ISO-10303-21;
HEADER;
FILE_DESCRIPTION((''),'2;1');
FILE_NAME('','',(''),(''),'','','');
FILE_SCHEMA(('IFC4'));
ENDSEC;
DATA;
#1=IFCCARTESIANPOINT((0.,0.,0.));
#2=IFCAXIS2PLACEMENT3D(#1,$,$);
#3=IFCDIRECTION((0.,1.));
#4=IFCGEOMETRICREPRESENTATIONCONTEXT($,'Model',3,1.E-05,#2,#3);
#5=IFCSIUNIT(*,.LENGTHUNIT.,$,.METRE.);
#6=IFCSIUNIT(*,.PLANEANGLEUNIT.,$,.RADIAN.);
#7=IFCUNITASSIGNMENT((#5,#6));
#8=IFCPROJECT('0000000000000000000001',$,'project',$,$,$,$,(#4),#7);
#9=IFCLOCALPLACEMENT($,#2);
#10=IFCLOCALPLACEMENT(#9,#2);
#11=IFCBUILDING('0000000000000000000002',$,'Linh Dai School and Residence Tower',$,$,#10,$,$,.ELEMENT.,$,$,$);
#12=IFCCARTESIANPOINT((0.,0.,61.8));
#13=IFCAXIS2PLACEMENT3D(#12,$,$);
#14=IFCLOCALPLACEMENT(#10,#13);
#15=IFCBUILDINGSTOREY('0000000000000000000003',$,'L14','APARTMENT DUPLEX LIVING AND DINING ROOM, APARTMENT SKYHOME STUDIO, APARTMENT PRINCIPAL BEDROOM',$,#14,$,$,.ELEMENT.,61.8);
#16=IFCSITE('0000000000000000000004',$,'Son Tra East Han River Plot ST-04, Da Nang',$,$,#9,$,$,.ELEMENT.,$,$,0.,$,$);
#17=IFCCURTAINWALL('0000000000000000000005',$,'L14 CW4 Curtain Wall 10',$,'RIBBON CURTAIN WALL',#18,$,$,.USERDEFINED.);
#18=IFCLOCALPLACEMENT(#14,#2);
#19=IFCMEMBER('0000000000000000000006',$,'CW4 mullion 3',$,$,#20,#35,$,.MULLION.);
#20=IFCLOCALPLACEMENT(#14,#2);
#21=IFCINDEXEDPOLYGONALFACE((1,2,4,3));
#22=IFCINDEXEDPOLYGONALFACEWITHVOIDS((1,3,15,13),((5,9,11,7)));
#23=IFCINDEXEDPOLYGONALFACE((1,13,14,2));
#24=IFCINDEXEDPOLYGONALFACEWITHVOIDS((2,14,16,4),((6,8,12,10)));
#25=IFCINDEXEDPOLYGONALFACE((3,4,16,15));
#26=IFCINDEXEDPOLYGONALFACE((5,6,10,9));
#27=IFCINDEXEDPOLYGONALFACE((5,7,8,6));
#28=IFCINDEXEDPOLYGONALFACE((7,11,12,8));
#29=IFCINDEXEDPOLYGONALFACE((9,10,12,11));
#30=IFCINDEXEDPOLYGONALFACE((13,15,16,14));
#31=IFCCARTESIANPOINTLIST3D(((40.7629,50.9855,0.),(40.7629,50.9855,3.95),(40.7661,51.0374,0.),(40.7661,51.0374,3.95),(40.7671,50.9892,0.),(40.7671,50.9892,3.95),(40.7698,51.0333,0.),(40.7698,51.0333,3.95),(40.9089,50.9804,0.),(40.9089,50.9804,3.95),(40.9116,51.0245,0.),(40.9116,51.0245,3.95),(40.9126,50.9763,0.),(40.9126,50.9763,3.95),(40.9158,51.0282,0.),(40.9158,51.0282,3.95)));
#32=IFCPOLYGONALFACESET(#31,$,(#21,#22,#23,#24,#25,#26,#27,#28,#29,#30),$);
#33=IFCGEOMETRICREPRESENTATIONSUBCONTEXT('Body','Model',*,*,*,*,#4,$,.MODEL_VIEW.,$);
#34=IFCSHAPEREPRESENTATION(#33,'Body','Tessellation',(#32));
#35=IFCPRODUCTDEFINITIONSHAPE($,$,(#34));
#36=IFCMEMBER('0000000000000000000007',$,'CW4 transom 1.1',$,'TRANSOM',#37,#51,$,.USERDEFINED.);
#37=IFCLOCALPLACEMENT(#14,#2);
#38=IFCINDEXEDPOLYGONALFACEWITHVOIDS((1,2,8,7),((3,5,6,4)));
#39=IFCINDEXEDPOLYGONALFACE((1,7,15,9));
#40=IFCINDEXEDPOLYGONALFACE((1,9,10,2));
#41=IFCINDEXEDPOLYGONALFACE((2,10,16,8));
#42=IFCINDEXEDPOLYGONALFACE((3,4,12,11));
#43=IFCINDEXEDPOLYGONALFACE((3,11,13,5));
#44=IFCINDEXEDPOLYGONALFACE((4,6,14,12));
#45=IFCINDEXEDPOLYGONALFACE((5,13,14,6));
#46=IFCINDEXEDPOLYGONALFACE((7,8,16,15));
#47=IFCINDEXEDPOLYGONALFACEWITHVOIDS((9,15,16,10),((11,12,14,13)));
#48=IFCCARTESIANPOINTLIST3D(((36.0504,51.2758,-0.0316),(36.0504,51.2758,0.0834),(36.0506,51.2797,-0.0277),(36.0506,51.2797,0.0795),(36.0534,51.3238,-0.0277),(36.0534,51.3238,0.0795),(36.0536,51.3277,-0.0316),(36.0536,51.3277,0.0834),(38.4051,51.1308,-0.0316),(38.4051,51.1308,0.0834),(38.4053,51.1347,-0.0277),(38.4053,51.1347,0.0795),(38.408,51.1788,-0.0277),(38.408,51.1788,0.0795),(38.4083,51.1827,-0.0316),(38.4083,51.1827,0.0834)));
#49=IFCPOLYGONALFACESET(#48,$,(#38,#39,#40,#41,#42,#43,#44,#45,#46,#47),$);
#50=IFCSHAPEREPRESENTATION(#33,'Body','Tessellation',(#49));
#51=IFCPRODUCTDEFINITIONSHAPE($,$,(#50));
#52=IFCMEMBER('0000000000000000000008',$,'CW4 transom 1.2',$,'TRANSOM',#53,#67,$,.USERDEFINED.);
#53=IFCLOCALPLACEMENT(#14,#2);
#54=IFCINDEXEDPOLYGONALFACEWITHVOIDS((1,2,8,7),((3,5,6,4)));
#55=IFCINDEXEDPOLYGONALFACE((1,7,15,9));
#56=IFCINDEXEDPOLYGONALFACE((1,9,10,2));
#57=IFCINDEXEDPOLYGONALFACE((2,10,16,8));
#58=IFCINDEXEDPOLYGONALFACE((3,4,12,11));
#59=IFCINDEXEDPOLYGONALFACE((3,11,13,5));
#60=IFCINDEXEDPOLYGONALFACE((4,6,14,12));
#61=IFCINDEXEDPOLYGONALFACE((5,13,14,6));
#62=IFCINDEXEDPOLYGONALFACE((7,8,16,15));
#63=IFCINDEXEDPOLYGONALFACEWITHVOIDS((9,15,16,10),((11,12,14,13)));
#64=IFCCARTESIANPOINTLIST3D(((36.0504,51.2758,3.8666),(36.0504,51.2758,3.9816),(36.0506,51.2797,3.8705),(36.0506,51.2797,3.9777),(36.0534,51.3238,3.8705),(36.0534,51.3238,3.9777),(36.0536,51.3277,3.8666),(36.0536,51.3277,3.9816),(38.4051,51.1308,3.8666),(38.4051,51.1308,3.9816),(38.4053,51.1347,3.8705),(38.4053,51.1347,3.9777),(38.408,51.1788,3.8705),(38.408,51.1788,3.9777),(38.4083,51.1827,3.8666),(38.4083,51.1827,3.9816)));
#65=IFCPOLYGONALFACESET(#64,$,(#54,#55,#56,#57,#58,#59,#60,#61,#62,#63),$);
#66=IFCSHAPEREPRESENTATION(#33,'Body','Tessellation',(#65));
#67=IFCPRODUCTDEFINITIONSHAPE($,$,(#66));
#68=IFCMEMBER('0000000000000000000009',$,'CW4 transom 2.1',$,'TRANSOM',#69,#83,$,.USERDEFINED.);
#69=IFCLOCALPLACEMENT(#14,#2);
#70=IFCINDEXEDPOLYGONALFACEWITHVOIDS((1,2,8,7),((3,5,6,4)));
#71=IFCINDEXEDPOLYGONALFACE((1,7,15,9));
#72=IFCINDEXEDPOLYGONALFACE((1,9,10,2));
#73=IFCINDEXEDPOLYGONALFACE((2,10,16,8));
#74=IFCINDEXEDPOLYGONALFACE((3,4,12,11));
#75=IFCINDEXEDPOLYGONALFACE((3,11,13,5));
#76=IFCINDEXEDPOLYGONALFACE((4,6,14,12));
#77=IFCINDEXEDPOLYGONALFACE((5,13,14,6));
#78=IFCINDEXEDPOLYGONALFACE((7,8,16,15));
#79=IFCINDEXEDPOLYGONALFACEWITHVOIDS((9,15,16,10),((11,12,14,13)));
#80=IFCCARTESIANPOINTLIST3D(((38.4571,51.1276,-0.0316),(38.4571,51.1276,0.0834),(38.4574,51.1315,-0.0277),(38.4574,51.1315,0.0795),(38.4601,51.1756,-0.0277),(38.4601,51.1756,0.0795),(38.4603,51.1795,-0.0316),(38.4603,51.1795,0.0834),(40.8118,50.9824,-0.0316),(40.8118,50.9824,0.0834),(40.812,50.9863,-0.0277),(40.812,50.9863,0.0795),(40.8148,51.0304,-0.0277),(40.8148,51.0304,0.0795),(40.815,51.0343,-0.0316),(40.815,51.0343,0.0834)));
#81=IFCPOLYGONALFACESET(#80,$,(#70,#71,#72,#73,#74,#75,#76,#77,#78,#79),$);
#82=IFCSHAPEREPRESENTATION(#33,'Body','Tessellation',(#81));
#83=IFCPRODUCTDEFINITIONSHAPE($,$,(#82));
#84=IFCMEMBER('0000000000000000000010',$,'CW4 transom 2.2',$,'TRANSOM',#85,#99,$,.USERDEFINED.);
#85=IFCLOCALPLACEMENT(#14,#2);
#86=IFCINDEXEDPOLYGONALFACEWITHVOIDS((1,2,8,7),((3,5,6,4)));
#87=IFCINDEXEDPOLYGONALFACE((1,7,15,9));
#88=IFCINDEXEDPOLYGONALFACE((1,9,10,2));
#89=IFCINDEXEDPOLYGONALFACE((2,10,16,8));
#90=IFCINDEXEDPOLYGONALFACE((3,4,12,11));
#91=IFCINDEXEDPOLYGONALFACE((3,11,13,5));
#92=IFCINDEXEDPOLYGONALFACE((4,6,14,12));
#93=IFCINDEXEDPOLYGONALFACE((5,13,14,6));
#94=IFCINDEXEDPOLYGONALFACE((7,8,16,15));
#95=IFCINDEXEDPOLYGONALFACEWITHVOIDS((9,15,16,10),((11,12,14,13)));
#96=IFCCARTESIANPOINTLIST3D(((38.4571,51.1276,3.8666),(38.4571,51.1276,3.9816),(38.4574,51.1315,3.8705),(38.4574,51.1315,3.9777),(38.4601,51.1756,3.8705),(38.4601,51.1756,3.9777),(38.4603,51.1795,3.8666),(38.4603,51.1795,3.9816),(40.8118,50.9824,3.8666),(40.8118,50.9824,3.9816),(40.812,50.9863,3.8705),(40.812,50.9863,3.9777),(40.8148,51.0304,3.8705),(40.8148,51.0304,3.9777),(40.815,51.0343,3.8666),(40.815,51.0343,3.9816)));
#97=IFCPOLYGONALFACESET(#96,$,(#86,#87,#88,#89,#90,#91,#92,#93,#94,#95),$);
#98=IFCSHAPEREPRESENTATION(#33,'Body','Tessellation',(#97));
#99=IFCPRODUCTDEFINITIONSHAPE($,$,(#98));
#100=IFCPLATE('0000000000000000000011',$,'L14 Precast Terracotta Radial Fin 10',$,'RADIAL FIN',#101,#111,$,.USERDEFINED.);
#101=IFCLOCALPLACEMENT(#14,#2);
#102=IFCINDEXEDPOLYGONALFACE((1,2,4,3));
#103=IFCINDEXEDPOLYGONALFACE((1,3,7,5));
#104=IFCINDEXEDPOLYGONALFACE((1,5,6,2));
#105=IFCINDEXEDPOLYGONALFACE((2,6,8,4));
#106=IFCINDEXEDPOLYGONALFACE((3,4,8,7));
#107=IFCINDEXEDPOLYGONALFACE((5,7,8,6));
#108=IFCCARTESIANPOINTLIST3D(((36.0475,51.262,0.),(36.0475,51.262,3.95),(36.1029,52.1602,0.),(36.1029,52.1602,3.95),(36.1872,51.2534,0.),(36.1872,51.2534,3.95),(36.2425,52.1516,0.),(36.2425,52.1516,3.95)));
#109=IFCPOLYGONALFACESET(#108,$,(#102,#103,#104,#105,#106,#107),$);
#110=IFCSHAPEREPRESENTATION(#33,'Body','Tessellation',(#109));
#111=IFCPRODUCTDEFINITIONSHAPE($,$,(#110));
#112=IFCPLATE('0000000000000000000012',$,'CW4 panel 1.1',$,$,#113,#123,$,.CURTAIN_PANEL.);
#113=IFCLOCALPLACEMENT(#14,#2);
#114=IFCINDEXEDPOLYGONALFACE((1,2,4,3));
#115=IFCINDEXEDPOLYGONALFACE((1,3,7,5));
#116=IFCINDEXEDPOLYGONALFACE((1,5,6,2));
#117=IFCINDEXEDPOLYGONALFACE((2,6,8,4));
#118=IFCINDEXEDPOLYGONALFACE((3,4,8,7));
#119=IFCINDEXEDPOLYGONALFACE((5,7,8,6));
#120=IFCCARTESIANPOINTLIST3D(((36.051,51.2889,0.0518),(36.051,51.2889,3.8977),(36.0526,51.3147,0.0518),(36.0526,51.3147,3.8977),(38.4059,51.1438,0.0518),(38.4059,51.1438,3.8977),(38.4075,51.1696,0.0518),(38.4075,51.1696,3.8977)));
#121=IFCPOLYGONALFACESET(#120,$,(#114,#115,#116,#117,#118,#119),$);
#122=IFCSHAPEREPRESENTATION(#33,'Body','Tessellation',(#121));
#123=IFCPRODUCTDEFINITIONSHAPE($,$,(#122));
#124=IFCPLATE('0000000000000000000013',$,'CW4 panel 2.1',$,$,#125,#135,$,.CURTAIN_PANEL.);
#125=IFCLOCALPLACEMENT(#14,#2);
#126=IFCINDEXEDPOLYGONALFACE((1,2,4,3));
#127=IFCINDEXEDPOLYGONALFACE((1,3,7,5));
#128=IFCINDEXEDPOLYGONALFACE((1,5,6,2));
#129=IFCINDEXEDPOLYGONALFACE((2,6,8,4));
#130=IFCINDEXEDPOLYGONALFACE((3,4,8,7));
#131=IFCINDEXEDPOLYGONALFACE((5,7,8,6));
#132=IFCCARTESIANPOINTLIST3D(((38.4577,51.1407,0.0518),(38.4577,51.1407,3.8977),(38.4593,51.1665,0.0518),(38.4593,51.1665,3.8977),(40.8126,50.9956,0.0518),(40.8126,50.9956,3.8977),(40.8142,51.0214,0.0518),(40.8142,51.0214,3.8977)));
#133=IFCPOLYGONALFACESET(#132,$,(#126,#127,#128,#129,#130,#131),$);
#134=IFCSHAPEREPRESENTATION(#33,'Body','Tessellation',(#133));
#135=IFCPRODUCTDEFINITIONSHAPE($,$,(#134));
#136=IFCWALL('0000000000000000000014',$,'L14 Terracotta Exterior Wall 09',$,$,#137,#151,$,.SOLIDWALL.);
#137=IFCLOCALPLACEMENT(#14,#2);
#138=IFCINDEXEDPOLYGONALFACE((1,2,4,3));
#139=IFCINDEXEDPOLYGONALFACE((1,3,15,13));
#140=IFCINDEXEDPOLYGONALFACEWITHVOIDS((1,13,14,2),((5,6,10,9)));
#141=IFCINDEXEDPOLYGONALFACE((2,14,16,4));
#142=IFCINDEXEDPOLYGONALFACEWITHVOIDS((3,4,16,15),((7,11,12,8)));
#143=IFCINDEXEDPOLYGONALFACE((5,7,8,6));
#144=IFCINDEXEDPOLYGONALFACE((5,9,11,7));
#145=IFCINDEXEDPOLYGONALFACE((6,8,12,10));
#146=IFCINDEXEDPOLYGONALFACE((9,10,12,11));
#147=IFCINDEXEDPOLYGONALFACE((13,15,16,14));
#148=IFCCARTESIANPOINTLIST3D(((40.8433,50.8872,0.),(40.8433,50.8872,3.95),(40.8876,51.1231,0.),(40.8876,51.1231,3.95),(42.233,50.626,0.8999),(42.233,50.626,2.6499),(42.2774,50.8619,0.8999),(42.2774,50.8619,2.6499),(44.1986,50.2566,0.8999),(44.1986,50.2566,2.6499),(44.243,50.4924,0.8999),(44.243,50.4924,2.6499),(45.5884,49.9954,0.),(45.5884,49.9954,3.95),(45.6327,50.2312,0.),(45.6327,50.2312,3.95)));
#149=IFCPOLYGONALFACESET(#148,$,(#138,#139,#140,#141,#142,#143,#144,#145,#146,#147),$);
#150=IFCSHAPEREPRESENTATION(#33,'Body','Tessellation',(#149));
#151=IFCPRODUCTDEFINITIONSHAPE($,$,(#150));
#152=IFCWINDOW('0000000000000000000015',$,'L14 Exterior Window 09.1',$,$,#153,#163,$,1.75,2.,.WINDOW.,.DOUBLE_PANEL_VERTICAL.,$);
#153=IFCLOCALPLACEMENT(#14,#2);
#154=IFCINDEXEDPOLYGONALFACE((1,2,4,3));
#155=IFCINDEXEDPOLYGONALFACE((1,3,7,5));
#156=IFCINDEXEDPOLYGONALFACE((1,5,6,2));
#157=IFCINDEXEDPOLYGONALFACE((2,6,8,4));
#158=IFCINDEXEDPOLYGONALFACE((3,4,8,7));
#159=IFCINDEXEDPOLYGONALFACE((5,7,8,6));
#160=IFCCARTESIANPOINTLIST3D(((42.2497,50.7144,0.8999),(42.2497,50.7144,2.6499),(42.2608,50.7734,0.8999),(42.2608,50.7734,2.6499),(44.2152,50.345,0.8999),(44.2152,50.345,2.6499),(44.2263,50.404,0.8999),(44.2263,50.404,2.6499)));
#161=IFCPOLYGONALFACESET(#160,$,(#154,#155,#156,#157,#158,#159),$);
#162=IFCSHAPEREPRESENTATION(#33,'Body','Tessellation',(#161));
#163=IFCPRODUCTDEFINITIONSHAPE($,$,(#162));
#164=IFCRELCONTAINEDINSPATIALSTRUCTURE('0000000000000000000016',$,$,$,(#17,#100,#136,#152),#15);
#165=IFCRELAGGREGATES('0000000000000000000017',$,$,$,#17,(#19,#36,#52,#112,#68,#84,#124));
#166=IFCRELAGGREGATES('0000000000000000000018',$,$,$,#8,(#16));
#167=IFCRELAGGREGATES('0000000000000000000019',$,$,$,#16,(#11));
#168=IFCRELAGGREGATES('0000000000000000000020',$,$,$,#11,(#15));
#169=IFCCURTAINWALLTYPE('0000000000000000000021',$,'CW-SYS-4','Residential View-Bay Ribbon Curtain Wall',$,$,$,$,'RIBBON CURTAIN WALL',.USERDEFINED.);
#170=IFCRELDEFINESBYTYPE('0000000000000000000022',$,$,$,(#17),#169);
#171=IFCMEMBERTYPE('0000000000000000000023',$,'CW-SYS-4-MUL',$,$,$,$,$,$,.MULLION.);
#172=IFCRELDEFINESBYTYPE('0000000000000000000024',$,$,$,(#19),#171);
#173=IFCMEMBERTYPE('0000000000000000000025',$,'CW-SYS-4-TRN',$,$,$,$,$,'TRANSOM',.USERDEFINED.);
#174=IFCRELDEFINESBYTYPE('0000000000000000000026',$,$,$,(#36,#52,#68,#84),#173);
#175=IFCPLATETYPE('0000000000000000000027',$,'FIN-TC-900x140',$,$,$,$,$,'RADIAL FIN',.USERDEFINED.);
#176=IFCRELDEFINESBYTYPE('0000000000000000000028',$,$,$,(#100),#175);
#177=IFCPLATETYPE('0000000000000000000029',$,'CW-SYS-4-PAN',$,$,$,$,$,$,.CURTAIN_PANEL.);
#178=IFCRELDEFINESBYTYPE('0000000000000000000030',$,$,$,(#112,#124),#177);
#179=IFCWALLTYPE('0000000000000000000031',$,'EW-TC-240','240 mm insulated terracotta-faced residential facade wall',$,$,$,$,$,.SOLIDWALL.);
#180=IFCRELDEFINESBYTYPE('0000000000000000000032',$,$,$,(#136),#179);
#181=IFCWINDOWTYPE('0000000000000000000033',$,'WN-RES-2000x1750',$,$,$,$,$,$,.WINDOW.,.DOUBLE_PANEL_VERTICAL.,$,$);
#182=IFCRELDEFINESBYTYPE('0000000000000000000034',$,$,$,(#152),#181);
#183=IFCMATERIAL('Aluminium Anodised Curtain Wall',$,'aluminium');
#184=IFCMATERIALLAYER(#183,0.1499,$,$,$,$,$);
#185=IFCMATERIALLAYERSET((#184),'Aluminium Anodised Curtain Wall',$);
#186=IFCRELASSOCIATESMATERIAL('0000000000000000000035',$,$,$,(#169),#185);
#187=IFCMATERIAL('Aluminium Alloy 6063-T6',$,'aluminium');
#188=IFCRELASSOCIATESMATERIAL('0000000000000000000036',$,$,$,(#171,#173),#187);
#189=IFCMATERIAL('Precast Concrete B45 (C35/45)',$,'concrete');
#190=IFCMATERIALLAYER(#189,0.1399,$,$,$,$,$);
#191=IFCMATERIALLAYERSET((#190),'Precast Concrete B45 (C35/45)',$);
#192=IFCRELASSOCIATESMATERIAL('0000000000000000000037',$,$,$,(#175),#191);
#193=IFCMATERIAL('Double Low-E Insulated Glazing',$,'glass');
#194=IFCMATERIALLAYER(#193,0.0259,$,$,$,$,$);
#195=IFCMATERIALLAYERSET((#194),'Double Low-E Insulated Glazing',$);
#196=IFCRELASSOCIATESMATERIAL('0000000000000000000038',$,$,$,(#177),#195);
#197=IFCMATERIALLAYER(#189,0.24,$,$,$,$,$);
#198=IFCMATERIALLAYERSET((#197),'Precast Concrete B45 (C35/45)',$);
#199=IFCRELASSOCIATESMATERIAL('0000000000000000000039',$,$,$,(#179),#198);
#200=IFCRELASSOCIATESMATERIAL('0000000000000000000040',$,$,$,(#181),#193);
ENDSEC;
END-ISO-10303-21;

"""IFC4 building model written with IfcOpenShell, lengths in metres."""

from ifc_helpers import new_model, si_unit, direction, frame, frame_2d, origin, origin_2d, place, context, subcontext, project, spatial, rectangle, hollow_rectangle, extrude, source, transform, mapped, material, layer, layer_set, material_profile, profile_set, type_object, element, fill, aggregate, save


model = new_model("IFC4")

# Units and contexts
model_context = context("Model", 3, precision=1e-05, world=origin(), true_north=direction((0.0, 1.0)))
body_context = subcontext(model_context, "Body", "Model", "MODEL_VIEW")
ifc_project = project(units=[si_unit("LENGTHUNIT", "METRE"), si_unit("PLANEANGLEUNIT", "RADIAN")], contexts=[model_context])

# Site, building, storey
site_placement = place(None, origin())
site = spatial("IfcSite", under=ifc_project, at=site_placement, Name="Son Tra East Han River Plot ST-04, Da Nang", CompositionType="ELEMENT", RefElevation=0.0)
building_placement = place(site_placement, origin())
building = spatial("IfcBuilding", under=site, at=building_placement, Name="Linh Dai School and Residence Tower", CompositionType="ELEMENT")
storey_placement = place(building_placement, frame((0.0, 0.0, 61.8)))
storey = spatial("IfcBuildingStorey", under=building, at=storey_placement, Name="L14", Description="APARTMENT DUPLEX LIVING AND DINING ROOM, APARTMENT SKYHOME STUDIO, APARTMENT PRINCIPAL BEDROOM", CompositionType="ELEMENT", Elevation=61.8)

# Curtain wall, members
ifc_material_1 = material(Name="Aluminium Anodised Curtain Wall", Category="aluminium")
ifc_layer_1 = layer(ifc_material_1, 0.1499)
ifc_layer_set_1 = layer_set([ifc_layer_1], Name="Aluminium Anodised Curtain Wall")
curtain_wall_type = type_object("IfcCurtainWallType", Name="CW-SYS-4", Description="Residential View-Bay Ribbon Curtain Wall", ElementType="RIBBON CURTAIN WALL", PredefinedType="USERDEFINED", material=ifc_layer_set_1)
curtain_wall_placement = place(storey_placement, origin())
curtain_wall = element("IfcCurtainWall", 1, at=curtain_wall_placement, inside=storey, type_object=curtain_wall_type, Name="L14 CW4 Curtain Wall 10", ObjectType="RIBBON CURTAIN WALL", PredefinedType="USERDEFINED")
ifc_material_2 = material(Name="Aluminium Alloy 6063-T6", Category="aluminium")
ifc_material_profile_1 = material_profile(ifc_material_2, hollow_rectangle(XDim=0.052, YDim=0.1499, WallThickness=0.0039, at=origin_2d()), Name="RHS 150x52x4")
ifc_profile_set_1 = profile_set([ifc_material_profile_1], Name="Aluminium Alloy 6063-T6")
member_type_1 = type_object("IfcMemberType", Name="CW-SYS-4-MUL", PredefinedType="MULLION", material=ifc_profile_set_1)
shared_shape_1 = source(origin(), body_context, "Body", "SweptSolid", [
    extrude(hollow_rectangle(XDim=0.052, YDim=0.1499, WallThickness=0.0039, at=origin_2d()), origin(), (0.0, 0.0, 1.0), 3.95),
])
member_1_placement = place(storey_placement, frame((40.8394, 51.0068, 0.0), z_axis=(0.0, 0.0, 1.0), x_axis=(0.061507, 0.998107, 0.0)))
member_1 = element("IfcMember", 2, at=member_1_placement, type_object=member_type_1, Name="CW4 mullion 3", PredefinedType="MULLION", context=body_context, shape_type="MappedRepresentation", body=[
    mapped(shared_shape_1, transform((0.0, 0.0, 0.0), x_axis=(1.0, 0.0, 0.0), y_axis=(0.0, 1.0, 0.0), z_axis=(0.0, 0.0, 1.0), scale=1.0)),
])
ifc_material_profile_2 = material_profile(ifc_material_2, hollow_rectangle(XDim=0.052, YDim=0.115, WallThickness=0.0039, at=origin_2d()), Name="RHS 115x52x4")
ifc_profile_set_2 = profile_set([ifc_material_profile_2], Name="Aluminium Alloy 6063-T6")
member_type_2 = type_object("IfcMemberType", Name="CW-SYS-4-TRN", ElementType="TRANSOM", PredefinedType="USERDEFINED", material=ifc_profile_set_2)
shared_shape_2 = source(origin(), body_context, "Body", "SweptSolid", [
    extrude(hollow_rectangle(XDim=0.052, YDim=0.115, WallThickness=0.0039, at=origin_2d()), origin(), (0.0, 0.0, 1.0), 2.3591),
])
member_2_placement = place(storey_placement, frame((36.052, 51.3018, 0.0259), z_axis=(0.998109, -0.06147, 0.0), x_axis=(0.06147, 0.998109, 0.0)))
member_2 = element("IfcMember", 3, at=member_2_placement, type_object=member_type_2, Name="CW4 transom 1.1", ObjectType="TRANSOM", PredefinedType="USERDEFINED", context=body_context, shape_type="MappedRepresentation", body=[
    mapped(shared_shape_2, transform((0.0, 0.0, 0.0), x_axis=(1.0, 0.0, 0.0), y_axis=(0.0, 1.0, 0.0), z_axis=(0.0, 0.0, 1.0), scale=1.0)),
])
member_3_placement = place(storey_placement, frame((36.052, 51.3018, 3.9241), z_axis=(0.998109, -0.06147, 0.0), x_axis=(0.06147, 0.998109, 0.0)))
member_3 = element("IfcMember", 4, at=member_3_placement, type_object=member_type_2, Name="CW4 transom 1.2", ObjectType="TRANSOM", PredefinedType="USERDEFINED", context=body_context, shape_type="MappedRepresentation", body=[
    mapped(shared_shape_2, transform((0.0, 0.0, 0.0), x_axis=(1.0, 0.0, 0.0), y_axis=(0.0, 1.0, 0.0), z_axis=(0.0, 0.0, 1.0), scale=1.0)),
])
member_4_placement = place(storey_placement, frame((38.4587, 51.1536, 0.0259), z_axis=(0.998103, -0.061573, 0.0), x_axis=(0.061573, 0.998103, 0.0)))
member_4 = element("IfcMember", 5, at=member_4_placement, type_object=member_type_2, Name="CW4 transom 2.1", ObjectType="TRANSOM", PredefinedType="USERDEFINED", context=body_context, shape_type="MappedRepresentation", body=[
    mapped(shared_shape_2, transform((0.0, 0.0, 0.0), x_axis=(1.0, 0.0, 0.0), y_axis=(0.0, 1.0, 0.0), z_axis=(0.0, 0.0, 1.0), scale=1.0)),
])
member_5_placement = place(storey_placement, frame((38.4587, 51.1536, 3.9241), z_axis=(0.998103, -0.061573, 0.0), x_axis=(0.061573, 0.998103, 0.0)))
member_5 = element("IfcMember", 6, at=member_5_placement, type_object=member_type_2, Name="CW4 transom 2.2", ObjectType="TRANSOM", PredefinedType="USERDEFINED", context=body_context, shape_type="MappedRepresentation", body=[
    mapped(shared_shape_2, transform((0.0, 0.0, 0.0), x_axis=(1.0, 0.0, 0.0), y_axis=(0.0, 1.0, 0.0), z_axis=(0.0, 0.0, 1.0), scale=1.0)),
])

# Plates
ifc_material_3 = material(Name="Precast Concrete B45 (C35/45)", Category="concrete")
ifc_layer_2 = layer(ifc_material_3, 0.1399)
ifc_layer_set_2 = layer_set([ifc_layer_2], Name="Precast Concrete B45 (C35/45)")
plate_type_1 = type_object("IfcPlateType", Name="FIN-TC-900x140", ElementType="RADIAL FIN", PredefinedType="USERDEFINED", material=ifc_layer_set_2)
shared_shape_3 = source(origin(), body_context, "Body", "SweptSolid", [
    extrude(rectangle(XDim=0.8999, YDim=0.1399, at=origin_2d()), origin(), (0.0, 0.0, 1.0), 3.95),
])
plate_1_placement = place(storey_placement, frame((36.145, 51.7068, 0.0), z_axis=(0.0, 0.0, 1.0), x_axis=(0.061507, 0.998107, 0.0)))
element("IfcPlate", 7, at=plate_1_placement, inside=storey, type_object=plate_type_1, Name="L14 Precast Terracotta Radial Fin 10", ObjectType="RADIAL FIN", PredefinedType="USERDEFINED", context=body_context, shape_type="MappedRepresentation", body=[
    mapped(shared_shape_3, transform((0.0, 0.0, 0.0), x_axis=(1.0, 0.0, 0.0), y_axis=(0.0, 1.0, 0.0), z_axis=(0.0, 0.0, 1.0), scale=1.0)),
])
ifc_material_4 = material(Name="Double Low-E Insulated Glazing", Category="glass")
ifc_layer_3 = layer(ifc_material_4, 0.0259)
ifc_layer_set_3 = layer_set([ifc_layer_3], Name="Double Low-E Insulated Glazing")
plate_type_2 = type_object("IfcPlateType", Name="CW-SYS-4-PAN", PredefinedType="CURTAIN_PANEL", material=ifc_layer_set_3)
shared_shape_4 = source(origin(), body_context, "Body", "SweptSolid", [
    extrude(rectangle(XDim=2.3594, YDim=0.0259, at=origin_2d()), origin(), (0.0, 0.0, 1.0), 3.8459),
])
plate_2_placement = place(storey_placement, frame((37.2292, 51.2292, 0.0518), z_axis=(0.0, 0.0, 1.0), x_axis=(0.998107, -0.061507, 0.0)))
plate_2 = element("IfcPlate", 8, at=plate_2_placement, type_object=plate_type_2, Name="CW4 panel 1.1", PredefinedType="CURTAIN_PANEL", context=body_context, shape_type="MappedRepresentation", body=[
    mapped(shared_shape_4, transform((0.0, 0.0, 0.0), x_axis=(1.0, 0.0, 0.0), y_axis=(0.0, 1.0, 0.0), z_axis=(0.0, 0.0, 1.0), scale=1.0)),
])
plate_3_placement = place(storey_placement, frame((39.636, 51.0811, 0.0518), z_axis=(0.0, 0.0, 1.0), x_axis=(0.998107, -0.061507, 0.0)))
plate_3 = element("IfcPlate", 9, at=plate_3_placement, type_object=plate_type_2, Name="CW4 panel 2.1", PredefinedType="CURTAIN_PANEL", context=body_context, shape_type="MappedRepresentation", body=[
    mapped(shared_shape_4, transform((0.0, 0.0, 0.0), x_axis=(1.0, 0.0, 0.0), y_axis=(0.0, 1.0, 0.0), z_axis=(0.0, 0.0, 1.0), scale=1.0)),
])
aggregate(curtain_wall, [member_1, member_2, member_3, plate_2, member_4, member_5, plate_3])

# Wall, opening, window
ifc_layer_4 = layer(ifc_material_3, 0.24)
ifc_layer_set_4 = layer_set([ifc_layer_4], Name="Precast Concrete B45 (C35/45)")
wall_type_1 = type_object("IfcWallType", Name="EW-TC-240", Description="240 mm insulated terracotta-faced residential facade wall", PredefinedType="SOLIDWALL", material=ifc_layer_set_4)
wall_1_placement = place(storey_placement, frame((40.8655, 51.0051, 0.0), z_axis=(0.0, 0.0, 1.0), x_axis=(0.982792, -0.184716, 0.0)))
wall_1 = element("IfcWall", 10, at=wall_1_placement, inside=storey, type_object=wall_type_1, Name="L14 Terracotta Exterior Wall 09", PredefinedType="SOLIDWALL", context=body_context, shape_type="SweptSolid", body=[
    extrude(rectangle(XDim=4.8281, YDim=0.24, at=frame_2d((2.4141, 0.0))), origin(), (0.0, 0.0, 1.0), 3.95),
])
opening_1_placement = place(wall_1_placement, frame((1.4141, 0.0, 0.8999)))
opening_1 = element("IfcOpeningElement", 11, at=opening_1_placement, cuts=wall_1, PredefinedType="OPENING", context=body_context, shape_type="SweptSolid", body=[
    extrude(rectangle(XDim=2.0, YDim=1.75, at=origin_2d()), frame((1.0, 0.1299, 0.875), z_axis=(0.0, -1.0, 0.0), x_axis=(1.0, 0.0, 0.0)), (0.0, 0.0, 1.0), 0.26),
])
window_type = type_object("IfcWindowType", Name="WN-RES-2000x1750", PartitioningType="DOUBLE_PANEL_VERTICAL", PredefinedType="WINDOW", material=ifc_material_4)
shared_shape_5 = source(origin(), body_context, "Body", "SweptSolid", [
    extrude(rectangle(XDim=2.0, YDim=1.75, at=origin_2d()), frame((1.0, 0.03, 0.875), z_axis=(0.0, -1.0, 0.0), x_axis=(1.0, 0.0, 0.0)), (0.0, 0.0, 1.0), 0.0601),
])
window_placement = place(opening_1_placement, origin())
window = element("IfcWindow", 12, at=window_placement, inside=storey, type_object=window_type, Name="L14 Exterior Window 09.1", OverallHeight=1.75, OverallWidth=2.0, PartitioningType="DOUBLE_PANEL_VERTICAL", PredefinedType="WINDOW", context=body_context, shape_type="MappedRepresentation", body=[
    mapped(shared_shape_5, transform((0.0, 0.0, 0.0), x_axis=(1.0, 0.0, 0.0), y_axis=(0.0, 1.0, 0.0), z_axis=(0.0, 0.0, 1.0), scale=1.0)),
])
fill(opening_1, window)

save(model, "model.ifc")
